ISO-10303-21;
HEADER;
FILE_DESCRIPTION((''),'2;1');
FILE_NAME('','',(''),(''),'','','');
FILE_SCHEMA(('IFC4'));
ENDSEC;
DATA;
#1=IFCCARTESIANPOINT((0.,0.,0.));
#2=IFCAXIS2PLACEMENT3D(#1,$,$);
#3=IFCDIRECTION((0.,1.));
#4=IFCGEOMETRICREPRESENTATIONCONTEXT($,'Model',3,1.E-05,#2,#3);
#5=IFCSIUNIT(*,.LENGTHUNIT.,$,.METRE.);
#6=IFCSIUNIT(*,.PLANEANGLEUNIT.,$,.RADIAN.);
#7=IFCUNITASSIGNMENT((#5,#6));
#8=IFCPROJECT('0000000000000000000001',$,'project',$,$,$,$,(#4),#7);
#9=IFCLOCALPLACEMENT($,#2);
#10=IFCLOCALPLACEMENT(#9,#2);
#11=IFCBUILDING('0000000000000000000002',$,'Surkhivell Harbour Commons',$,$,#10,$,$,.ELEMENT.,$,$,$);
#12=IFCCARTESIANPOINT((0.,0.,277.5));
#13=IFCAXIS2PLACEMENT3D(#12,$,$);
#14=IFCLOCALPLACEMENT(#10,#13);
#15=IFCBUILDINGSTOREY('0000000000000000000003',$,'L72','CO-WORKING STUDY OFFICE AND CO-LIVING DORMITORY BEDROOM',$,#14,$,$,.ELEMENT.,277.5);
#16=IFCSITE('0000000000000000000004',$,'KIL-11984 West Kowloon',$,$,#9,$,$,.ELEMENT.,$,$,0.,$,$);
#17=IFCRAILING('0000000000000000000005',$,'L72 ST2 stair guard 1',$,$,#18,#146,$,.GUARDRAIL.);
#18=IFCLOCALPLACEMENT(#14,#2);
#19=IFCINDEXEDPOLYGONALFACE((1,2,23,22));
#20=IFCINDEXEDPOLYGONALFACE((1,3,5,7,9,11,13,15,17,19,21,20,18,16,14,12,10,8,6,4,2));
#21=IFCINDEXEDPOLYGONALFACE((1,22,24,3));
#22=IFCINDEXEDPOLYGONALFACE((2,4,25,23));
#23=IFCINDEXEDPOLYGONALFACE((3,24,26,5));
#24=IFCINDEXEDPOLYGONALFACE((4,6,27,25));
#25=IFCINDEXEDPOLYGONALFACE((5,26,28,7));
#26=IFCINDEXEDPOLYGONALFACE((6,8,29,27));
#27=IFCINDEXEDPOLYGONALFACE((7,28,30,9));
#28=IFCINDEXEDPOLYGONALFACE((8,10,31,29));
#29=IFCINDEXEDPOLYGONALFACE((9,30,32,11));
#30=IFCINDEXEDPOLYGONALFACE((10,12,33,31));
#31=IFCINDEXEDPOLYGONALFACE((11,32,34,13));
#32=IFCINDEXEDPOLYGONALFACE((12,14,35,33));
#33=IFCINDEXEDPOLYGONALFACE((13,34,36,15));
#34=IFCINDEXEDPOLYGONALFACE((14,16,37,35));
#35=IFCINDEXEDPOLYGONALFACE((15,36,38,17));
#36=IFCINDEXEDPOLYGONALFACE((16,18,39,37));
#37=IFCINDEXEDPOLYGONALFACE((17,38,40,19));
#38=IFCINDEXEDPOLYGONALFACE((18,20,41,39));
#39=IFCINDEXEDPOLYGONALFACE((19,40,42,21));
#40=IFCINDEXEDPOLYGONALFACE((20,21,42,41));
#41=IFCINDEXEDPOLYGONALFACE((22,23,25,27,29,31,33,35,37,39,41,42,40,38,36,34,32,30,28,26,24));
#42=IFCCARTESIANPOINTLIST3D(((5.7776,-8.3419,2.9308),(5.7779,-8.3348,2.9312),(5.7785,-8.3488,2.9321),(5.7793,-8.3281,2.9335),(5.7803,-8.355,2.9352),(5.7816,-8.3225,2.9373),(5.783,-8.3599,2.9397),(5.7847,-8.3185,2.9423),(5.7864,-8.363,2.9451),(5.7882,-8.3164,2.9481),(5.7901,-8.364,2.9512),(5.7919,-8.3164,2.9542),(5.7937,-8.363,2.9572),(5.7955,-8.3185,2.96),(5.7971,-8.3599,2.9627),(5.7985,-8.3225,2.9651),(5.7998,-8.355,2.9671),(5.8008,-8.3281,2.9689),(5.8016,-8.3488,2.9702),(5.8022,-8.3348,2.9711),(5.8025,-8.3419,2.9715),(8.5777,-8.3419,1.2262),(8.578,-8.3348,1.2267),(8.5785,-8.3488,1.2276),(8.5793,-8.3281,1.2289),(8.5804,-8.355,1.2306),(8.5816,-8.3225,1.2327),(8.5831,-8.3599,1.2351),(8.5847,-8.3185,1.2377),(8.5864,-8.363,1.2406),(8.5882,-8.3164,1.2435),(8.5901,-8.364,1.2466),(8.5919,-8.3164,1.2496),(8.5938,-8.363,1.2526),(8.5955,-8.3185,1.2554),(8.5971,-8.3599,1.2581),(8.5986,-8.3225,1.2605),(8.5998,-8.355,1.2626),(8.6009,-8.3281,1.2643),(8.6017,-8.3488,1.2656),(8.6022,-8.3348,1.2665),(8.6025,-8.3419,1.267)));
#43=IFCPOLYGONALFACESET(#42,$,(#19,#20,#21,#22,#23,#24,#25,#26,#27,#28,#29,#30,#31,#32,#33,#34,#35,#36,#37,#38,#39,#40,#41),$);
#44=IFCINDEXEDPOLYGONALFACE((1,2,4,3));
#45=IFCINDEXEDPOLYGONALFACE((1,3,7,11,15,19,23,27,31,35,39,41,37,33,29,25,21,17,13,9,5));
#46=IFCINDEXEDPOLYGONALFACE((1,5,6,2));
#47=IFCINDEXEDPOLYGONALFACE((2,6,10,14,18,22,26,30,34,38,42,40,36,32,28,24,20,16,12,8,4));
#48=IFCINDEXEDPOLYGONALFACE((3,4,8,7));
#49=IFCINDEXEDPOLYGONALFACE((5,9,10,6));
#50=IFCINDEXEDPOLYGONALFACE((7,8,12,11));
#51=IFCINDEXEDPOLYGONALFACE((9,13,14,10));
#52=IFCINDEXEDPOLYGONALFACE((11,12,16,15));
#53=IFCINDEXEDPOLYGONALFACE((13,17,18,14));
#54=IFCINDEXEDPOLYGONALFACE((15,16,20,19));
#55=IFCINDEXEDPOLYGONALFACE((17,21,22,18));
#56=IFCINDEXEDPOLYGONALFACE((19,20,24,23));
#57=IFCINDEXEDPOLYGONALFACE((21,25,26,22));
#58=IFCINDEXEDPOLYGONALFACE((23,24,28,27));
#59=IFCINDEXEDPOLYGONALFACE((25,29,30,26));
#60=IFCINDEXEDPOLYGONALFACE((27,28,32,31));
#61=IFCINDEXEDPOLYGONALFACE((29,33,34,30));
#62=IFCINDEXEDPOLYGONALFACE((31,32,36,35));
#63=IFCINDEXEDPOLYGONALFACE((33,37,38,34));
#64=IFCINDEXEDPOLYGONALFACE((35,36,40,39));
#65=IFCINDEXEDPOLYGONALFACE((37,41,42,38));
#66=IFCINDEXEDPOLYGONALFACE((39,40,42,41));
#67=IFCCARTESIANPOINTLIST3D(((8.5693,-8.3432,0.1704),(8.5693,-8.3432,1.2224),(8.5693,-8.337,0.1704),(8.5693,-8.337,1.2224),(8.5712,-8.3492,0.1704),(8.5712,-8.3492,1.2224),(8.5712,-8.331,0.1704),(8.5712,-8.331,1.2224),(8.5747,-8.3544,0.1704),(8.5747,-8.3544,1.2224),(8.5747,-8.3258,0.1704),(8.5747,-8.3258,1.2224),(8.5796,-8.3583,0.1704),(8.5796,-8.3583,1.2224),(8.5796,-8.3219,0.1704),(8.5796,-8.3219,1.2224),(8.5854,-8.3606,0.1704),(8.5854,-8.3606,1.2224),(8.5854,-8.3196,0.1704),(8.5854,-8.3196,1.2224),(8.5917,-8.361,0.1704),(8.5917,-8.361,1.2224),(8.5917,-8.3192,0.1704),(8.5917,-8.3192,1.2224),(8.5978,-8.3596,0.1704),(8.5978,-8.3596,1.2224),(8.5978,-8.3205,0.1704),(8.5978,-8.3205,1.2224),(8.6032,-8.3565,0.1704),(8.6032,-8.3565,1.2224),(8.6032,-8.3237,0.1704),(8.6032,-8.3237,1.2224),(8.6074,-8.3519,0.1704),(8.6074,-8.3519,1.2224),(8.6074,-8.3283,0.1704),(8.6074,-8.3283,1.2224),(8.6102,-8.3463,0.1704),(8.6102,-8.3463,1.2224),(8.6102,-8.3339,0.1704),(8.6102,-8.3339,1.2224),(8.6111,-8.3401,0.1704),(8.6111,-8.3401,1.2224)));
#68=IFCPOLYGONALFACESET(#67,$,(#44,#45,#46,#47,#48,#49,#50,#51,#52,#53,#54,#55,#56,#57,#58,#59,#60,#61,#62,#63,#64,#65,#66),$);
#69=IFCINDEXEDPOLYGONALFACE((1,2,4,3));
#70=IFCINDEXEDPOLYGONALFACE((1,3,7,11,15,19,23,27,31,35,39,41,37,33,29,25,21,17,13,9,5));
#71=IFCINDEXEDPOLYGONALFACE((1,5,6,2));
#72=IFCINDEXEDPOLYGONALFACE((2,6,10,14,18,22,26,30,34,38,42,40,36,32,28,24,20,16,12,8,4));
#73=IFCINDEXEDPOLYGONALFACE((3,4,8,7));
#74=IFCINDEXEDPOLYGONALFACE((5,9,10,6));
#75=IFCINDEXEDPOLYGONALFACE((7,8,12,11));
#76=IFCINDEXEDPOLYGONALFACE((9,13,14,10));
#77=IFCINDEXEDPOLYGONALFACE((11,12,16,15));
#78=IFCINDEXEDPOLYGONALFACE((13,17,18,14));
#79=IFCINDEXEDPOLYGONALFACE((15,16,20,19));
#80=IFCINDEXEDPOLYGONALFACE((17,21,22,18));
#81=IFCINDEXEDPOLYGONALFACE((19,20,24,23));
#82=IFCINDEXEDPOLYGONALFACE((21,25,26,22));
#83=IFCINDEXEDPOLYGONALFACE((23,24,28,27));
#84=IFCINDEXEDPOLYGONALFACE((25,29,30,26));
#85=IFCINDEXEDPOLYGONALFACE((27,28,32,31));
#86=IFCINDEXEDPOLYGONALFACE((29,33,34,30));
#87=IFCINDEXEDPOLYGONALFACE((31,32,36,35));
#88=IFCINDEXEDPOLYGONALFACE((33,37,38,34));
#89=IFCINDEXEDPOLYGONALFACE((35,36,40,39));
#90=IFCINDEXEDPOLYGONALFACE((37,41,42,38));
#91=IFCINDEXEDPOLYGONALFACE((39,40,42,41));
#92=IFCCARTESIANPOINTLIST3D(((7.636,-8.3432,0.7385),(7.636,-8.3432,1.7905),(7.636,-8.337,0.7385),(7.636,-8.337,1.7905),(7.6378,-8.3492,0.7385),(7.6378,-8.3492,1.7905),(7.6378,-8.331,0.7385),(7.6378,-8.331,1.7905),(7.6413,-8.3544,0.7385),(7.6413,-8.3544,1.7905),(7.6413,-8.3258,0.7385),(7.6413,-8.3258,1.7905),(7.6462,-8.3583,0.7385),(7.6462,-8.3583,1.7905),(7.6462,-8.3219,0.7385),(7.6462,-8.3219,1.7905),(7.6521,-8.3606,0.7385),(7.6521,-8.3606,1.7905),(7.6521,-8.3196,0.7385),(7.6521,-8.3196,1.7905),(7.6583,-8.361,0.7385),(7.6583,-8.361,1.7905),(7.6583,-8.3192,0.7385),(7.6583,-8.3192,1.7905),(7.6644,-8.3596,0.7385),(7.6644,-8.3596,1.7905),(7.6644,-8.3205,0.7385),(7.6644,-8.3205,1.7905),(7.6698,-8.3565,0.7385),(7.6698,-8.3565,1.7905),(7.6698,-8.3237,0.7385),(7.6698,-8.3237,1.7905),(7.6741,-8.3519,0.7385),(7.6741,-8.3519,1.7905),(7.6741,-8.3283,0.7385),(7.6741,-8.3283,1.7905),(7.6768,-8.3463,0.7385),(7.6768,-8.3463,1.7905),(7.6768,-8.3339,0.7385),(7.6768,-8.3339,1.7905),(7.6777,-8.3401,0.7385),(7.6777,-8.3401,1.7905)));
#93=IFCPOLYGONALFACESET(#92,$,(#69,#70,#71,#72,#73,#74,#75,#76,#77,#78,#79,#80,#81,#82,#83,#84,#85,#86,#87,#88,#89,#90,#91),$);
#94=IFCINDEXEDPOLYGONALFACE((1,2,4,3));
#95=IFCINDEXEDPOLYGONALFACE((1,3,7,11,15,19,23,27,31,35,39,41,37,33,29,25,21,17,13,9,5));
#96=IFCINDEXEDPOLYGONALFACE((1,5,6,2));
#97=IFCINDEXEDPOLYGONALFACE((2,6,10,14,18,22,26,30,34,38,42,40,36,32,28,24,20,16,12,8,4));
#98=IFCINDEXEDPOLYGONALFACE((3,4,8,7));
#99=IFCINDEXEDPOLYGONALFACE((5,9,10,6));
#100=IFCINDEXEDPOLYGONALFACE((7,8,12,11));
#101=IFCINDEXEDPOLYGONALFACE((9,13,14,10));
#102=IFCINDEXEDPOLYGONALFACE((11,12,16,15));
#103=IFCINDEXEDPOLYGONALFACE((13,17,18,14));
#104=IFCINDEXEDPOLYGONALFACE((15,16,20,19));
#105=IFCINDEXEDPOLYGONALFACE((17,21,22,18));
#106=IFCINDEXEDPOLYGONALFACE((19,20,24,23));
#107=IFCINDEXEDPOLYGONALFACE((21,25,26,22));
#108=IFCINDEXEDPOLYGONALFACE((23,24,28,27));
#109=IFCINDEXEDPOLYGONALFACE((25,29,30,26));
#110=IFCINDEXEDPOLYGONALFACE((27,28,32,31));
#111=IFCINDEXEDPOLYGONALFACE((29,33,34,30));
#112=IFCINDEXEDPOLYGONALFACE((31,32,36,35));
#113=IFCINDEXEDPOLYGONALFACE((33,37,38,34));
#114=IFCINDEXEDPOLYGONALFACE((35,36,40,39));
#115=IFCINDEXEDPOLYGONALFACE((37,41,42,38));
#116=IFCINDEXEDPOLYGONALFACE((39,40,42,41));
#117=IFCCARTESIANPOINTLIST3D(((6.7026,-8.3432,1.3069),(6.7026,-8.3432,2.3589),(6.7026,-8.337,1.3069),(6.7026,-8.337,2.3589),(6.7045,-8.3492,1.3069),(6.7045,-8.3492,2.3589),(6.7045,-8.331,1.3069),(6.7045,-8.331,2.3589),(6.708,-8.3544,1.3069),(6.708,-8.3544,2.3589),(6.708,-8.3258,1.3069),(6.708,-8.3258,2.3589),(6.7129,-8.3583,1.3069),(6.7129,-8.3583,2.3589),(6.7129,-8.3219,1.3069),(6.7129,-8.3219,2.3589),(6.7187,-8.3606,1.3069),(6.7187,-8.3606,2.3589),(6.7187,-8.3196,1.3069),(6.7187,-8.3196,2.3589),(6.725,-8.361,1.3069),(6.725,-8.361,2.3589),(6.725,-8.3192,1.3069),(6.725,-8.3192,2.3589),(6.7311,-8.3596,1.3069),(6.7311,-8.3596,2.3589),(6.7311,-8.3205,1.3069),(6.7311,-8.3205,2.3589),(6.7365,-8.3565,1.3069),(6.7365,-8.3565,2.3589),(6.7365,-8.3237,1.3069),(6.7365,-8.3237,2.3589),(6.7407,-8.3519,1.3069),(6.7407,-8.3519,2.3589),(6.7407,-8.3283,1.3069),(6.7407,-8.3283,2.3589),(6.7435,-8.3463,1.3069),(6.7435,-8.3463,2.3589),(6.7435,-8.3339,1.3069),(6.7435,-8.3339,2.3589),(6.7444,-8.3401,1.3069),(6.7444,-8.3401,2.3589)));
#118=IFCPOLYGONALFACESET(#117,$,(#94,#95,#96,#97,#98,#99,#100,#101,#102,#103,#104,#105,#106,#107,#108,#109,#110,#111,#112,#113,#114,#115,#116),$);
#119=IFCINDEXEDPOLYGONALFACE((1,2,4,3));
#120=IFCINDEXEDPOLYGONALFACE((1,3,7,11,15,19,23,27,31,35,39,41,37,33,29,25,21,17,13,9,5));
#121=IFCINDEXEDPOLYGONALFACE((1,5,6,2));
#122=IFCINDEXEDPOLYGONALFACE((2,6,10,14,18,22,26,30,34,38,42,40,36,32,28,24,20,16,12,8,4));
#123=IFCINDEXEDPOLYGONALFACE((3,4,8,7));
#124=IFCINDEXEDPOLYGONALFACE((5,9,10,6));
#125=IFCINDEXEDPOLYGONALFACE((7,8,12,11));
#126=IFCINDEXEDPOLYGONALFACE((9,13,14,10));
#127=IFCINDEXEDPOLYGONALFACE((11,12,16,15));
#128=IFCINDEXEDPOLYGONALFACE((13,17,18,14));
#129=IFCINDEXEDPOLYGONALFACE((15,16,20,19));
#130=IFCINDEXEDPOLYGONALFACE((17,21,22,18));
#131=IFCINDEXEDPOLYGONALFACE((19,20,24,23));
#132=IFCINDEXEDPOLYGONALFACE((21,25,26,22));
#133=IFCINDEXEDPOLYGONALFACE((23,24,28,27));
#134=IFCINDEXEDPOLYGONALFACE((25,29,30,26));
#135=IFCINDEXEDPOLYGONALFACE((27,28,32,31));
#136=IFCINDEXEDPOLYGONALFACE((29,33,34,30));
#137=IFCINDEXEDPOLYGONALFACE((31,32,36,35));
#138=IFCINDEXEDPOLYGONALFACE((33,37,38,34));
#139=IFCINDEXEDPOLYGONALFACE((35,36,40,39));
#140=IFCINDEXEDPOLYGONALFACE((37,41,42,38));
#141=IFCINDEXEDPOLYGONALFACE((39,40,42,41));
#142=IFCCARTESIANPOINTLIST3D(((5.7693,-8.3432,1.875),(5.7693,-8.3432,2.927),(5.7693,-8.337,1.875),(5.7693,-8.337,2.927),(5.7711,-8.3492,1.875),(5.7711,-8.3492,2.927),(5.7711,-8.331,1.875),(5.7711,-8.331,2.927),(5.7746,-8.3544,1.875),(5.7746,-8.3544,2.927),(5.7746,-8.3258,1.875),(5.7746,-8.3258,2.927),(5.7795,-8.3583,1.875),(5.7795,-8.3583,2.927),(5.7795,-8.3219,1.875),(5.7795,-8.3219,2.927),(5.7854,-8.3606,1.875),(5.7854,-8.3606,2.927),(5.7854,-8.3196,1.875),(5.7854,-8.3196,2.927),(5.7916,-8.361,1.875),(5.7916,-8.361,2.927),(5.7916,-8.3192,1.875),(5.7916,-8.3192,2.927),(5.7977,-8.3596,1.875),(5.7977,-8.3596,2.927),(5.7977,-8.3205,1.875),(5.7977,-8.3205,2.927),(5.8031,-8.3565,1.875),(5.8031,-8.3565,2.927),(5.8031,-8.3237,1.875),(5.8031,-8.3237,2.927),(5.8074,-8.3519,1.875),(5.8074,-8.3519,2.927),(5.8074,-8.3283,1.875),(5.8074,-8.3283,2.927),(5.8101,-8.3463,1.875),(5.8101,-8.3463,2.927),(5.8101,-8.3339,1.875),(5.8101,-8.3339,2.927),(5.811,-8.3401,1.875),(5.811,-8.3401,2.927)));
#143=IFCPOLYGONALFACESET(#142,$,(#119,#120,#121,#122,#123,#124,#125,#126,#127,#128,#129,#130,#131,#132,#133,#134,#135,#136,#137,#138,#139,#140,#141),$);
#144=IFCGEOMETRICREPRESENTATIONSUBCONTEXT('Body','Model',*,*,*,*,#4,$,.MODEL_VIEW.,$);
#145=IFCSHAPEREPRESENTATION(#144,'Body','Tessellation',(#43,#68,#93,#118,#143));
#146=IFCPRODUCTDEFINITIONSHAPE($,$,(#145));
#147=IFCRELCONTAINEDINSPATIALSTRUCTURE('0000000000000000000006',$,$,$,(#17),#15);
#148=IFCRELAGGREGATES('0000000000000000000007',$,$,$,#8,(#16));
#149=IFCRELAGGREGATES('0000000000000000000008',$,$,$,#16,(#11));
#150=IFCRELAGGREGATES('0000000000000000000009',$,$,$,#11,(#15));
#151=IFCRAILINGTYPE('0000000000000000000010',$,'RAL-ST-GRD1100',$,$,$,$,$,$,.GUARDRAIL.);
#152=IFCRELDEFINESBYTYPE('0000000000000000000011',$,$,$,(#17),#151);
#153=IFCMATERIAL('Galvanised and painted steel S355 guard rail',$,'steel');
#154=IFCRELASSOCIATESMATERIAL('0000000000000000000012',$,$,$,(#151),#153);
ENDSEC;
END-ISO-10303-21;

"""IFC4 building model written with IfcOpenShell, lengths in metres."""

from ifc_helpers import new_model, si_unit, direction, frame, origin, origin_2d, place, context, subcontext, project, spatial, circle, extrude, material, type_object, element, save


model = new_model("IFC4")

# Units and contexts
model_context = context("Model", 3, precision=1e-05, world=origin(), true_north=direction((0.0, 1.0)))
body_context = subcontext(model_context, "Body", "Model", "MODEL_VIEW")
ifc_project = project(units=[si_unit("LENGTHUNIT", "METRE"), si_unit("PLANEANGLEUNIT", "RADIAN")], contexts=[model_context])

# Site, building, storey
site_placement = place(None, origin())
site = spatial("IfcSite", under=ifc_project, at=site_placement, Name="KIL-11984 West Kowloon", CompositionType="ELEMENT", RefElevation=0.0)
building_placement = place(site_placement, origin())
building = spatial("IfcBuilding", under=site, at=building_placement, Name="Surkhivell Harbour Commons", CompositionType="ELEMENT")
storey_placement = place(building_placement, frame((0.0, 0.0, 277.5)))
storey = spatial("IfcBuildingStorey", under=building, at=storey_placement, Name="L72", Description="CO-WORKING STUDY OFFICE AND CO-LIVING DORMITORY BEDROOM", CompositionType="ELEMENT", Elevation=277.5)

# Railing
ifc_material_1 = material(Name="Galvanised and painted steel S355 guard rail", Category="steel")
railing_type_1 = type_object("IfcRailingType", Name="RAL-ST-GRD1100", PredefinedType="GUARDRAIL", material=ifc_material_1)
railing_1_placement = place(storey_placement, frame((8.5901, -8.3401, 0.1704)))
element("IfcRailing", 1, at=railing_1_placement, inside=storey, type_object=railing_type_1, Name="L72 ST2 stair guard 1", PredefinedType="GUARDRAIL", context=body_context, shape_type="SweptSolid", body=[
    extrude(circle(Radius=0.0239, at=origin_2d()), frame((0.0, 0.0, 1.0762), z_axis=(-0.85417, 0.0, 0.519994), x_axis=(0.0, -1.0, 0.0)), (0.0, 0.0, 1.0), 3.2781),
    extrude(circle(Radius=0.021, at=origin_2d()), origin(), (0.0, 0.0, 1.0), 1.052),
    extrude(circle(Radius=0.021, at=origin_2d()), frame((-0.9333, 0.0, 0.5681)), (0.0, 0.0, 1.0), 1.052),
    extrude(circle(Radius=0.021, at=origin_2d()), frame((-1.8667, 0.0, 1.1365)), (0.0, 0.0, 1.0), 1.052),
    extrude(circle(Radius=0.021, at=origin_2d()), frame((-2.8, 0.0, 1.7046)), (0.0, 0.0, 1.0), 1.052),
])

save(model, "model.ifc")
